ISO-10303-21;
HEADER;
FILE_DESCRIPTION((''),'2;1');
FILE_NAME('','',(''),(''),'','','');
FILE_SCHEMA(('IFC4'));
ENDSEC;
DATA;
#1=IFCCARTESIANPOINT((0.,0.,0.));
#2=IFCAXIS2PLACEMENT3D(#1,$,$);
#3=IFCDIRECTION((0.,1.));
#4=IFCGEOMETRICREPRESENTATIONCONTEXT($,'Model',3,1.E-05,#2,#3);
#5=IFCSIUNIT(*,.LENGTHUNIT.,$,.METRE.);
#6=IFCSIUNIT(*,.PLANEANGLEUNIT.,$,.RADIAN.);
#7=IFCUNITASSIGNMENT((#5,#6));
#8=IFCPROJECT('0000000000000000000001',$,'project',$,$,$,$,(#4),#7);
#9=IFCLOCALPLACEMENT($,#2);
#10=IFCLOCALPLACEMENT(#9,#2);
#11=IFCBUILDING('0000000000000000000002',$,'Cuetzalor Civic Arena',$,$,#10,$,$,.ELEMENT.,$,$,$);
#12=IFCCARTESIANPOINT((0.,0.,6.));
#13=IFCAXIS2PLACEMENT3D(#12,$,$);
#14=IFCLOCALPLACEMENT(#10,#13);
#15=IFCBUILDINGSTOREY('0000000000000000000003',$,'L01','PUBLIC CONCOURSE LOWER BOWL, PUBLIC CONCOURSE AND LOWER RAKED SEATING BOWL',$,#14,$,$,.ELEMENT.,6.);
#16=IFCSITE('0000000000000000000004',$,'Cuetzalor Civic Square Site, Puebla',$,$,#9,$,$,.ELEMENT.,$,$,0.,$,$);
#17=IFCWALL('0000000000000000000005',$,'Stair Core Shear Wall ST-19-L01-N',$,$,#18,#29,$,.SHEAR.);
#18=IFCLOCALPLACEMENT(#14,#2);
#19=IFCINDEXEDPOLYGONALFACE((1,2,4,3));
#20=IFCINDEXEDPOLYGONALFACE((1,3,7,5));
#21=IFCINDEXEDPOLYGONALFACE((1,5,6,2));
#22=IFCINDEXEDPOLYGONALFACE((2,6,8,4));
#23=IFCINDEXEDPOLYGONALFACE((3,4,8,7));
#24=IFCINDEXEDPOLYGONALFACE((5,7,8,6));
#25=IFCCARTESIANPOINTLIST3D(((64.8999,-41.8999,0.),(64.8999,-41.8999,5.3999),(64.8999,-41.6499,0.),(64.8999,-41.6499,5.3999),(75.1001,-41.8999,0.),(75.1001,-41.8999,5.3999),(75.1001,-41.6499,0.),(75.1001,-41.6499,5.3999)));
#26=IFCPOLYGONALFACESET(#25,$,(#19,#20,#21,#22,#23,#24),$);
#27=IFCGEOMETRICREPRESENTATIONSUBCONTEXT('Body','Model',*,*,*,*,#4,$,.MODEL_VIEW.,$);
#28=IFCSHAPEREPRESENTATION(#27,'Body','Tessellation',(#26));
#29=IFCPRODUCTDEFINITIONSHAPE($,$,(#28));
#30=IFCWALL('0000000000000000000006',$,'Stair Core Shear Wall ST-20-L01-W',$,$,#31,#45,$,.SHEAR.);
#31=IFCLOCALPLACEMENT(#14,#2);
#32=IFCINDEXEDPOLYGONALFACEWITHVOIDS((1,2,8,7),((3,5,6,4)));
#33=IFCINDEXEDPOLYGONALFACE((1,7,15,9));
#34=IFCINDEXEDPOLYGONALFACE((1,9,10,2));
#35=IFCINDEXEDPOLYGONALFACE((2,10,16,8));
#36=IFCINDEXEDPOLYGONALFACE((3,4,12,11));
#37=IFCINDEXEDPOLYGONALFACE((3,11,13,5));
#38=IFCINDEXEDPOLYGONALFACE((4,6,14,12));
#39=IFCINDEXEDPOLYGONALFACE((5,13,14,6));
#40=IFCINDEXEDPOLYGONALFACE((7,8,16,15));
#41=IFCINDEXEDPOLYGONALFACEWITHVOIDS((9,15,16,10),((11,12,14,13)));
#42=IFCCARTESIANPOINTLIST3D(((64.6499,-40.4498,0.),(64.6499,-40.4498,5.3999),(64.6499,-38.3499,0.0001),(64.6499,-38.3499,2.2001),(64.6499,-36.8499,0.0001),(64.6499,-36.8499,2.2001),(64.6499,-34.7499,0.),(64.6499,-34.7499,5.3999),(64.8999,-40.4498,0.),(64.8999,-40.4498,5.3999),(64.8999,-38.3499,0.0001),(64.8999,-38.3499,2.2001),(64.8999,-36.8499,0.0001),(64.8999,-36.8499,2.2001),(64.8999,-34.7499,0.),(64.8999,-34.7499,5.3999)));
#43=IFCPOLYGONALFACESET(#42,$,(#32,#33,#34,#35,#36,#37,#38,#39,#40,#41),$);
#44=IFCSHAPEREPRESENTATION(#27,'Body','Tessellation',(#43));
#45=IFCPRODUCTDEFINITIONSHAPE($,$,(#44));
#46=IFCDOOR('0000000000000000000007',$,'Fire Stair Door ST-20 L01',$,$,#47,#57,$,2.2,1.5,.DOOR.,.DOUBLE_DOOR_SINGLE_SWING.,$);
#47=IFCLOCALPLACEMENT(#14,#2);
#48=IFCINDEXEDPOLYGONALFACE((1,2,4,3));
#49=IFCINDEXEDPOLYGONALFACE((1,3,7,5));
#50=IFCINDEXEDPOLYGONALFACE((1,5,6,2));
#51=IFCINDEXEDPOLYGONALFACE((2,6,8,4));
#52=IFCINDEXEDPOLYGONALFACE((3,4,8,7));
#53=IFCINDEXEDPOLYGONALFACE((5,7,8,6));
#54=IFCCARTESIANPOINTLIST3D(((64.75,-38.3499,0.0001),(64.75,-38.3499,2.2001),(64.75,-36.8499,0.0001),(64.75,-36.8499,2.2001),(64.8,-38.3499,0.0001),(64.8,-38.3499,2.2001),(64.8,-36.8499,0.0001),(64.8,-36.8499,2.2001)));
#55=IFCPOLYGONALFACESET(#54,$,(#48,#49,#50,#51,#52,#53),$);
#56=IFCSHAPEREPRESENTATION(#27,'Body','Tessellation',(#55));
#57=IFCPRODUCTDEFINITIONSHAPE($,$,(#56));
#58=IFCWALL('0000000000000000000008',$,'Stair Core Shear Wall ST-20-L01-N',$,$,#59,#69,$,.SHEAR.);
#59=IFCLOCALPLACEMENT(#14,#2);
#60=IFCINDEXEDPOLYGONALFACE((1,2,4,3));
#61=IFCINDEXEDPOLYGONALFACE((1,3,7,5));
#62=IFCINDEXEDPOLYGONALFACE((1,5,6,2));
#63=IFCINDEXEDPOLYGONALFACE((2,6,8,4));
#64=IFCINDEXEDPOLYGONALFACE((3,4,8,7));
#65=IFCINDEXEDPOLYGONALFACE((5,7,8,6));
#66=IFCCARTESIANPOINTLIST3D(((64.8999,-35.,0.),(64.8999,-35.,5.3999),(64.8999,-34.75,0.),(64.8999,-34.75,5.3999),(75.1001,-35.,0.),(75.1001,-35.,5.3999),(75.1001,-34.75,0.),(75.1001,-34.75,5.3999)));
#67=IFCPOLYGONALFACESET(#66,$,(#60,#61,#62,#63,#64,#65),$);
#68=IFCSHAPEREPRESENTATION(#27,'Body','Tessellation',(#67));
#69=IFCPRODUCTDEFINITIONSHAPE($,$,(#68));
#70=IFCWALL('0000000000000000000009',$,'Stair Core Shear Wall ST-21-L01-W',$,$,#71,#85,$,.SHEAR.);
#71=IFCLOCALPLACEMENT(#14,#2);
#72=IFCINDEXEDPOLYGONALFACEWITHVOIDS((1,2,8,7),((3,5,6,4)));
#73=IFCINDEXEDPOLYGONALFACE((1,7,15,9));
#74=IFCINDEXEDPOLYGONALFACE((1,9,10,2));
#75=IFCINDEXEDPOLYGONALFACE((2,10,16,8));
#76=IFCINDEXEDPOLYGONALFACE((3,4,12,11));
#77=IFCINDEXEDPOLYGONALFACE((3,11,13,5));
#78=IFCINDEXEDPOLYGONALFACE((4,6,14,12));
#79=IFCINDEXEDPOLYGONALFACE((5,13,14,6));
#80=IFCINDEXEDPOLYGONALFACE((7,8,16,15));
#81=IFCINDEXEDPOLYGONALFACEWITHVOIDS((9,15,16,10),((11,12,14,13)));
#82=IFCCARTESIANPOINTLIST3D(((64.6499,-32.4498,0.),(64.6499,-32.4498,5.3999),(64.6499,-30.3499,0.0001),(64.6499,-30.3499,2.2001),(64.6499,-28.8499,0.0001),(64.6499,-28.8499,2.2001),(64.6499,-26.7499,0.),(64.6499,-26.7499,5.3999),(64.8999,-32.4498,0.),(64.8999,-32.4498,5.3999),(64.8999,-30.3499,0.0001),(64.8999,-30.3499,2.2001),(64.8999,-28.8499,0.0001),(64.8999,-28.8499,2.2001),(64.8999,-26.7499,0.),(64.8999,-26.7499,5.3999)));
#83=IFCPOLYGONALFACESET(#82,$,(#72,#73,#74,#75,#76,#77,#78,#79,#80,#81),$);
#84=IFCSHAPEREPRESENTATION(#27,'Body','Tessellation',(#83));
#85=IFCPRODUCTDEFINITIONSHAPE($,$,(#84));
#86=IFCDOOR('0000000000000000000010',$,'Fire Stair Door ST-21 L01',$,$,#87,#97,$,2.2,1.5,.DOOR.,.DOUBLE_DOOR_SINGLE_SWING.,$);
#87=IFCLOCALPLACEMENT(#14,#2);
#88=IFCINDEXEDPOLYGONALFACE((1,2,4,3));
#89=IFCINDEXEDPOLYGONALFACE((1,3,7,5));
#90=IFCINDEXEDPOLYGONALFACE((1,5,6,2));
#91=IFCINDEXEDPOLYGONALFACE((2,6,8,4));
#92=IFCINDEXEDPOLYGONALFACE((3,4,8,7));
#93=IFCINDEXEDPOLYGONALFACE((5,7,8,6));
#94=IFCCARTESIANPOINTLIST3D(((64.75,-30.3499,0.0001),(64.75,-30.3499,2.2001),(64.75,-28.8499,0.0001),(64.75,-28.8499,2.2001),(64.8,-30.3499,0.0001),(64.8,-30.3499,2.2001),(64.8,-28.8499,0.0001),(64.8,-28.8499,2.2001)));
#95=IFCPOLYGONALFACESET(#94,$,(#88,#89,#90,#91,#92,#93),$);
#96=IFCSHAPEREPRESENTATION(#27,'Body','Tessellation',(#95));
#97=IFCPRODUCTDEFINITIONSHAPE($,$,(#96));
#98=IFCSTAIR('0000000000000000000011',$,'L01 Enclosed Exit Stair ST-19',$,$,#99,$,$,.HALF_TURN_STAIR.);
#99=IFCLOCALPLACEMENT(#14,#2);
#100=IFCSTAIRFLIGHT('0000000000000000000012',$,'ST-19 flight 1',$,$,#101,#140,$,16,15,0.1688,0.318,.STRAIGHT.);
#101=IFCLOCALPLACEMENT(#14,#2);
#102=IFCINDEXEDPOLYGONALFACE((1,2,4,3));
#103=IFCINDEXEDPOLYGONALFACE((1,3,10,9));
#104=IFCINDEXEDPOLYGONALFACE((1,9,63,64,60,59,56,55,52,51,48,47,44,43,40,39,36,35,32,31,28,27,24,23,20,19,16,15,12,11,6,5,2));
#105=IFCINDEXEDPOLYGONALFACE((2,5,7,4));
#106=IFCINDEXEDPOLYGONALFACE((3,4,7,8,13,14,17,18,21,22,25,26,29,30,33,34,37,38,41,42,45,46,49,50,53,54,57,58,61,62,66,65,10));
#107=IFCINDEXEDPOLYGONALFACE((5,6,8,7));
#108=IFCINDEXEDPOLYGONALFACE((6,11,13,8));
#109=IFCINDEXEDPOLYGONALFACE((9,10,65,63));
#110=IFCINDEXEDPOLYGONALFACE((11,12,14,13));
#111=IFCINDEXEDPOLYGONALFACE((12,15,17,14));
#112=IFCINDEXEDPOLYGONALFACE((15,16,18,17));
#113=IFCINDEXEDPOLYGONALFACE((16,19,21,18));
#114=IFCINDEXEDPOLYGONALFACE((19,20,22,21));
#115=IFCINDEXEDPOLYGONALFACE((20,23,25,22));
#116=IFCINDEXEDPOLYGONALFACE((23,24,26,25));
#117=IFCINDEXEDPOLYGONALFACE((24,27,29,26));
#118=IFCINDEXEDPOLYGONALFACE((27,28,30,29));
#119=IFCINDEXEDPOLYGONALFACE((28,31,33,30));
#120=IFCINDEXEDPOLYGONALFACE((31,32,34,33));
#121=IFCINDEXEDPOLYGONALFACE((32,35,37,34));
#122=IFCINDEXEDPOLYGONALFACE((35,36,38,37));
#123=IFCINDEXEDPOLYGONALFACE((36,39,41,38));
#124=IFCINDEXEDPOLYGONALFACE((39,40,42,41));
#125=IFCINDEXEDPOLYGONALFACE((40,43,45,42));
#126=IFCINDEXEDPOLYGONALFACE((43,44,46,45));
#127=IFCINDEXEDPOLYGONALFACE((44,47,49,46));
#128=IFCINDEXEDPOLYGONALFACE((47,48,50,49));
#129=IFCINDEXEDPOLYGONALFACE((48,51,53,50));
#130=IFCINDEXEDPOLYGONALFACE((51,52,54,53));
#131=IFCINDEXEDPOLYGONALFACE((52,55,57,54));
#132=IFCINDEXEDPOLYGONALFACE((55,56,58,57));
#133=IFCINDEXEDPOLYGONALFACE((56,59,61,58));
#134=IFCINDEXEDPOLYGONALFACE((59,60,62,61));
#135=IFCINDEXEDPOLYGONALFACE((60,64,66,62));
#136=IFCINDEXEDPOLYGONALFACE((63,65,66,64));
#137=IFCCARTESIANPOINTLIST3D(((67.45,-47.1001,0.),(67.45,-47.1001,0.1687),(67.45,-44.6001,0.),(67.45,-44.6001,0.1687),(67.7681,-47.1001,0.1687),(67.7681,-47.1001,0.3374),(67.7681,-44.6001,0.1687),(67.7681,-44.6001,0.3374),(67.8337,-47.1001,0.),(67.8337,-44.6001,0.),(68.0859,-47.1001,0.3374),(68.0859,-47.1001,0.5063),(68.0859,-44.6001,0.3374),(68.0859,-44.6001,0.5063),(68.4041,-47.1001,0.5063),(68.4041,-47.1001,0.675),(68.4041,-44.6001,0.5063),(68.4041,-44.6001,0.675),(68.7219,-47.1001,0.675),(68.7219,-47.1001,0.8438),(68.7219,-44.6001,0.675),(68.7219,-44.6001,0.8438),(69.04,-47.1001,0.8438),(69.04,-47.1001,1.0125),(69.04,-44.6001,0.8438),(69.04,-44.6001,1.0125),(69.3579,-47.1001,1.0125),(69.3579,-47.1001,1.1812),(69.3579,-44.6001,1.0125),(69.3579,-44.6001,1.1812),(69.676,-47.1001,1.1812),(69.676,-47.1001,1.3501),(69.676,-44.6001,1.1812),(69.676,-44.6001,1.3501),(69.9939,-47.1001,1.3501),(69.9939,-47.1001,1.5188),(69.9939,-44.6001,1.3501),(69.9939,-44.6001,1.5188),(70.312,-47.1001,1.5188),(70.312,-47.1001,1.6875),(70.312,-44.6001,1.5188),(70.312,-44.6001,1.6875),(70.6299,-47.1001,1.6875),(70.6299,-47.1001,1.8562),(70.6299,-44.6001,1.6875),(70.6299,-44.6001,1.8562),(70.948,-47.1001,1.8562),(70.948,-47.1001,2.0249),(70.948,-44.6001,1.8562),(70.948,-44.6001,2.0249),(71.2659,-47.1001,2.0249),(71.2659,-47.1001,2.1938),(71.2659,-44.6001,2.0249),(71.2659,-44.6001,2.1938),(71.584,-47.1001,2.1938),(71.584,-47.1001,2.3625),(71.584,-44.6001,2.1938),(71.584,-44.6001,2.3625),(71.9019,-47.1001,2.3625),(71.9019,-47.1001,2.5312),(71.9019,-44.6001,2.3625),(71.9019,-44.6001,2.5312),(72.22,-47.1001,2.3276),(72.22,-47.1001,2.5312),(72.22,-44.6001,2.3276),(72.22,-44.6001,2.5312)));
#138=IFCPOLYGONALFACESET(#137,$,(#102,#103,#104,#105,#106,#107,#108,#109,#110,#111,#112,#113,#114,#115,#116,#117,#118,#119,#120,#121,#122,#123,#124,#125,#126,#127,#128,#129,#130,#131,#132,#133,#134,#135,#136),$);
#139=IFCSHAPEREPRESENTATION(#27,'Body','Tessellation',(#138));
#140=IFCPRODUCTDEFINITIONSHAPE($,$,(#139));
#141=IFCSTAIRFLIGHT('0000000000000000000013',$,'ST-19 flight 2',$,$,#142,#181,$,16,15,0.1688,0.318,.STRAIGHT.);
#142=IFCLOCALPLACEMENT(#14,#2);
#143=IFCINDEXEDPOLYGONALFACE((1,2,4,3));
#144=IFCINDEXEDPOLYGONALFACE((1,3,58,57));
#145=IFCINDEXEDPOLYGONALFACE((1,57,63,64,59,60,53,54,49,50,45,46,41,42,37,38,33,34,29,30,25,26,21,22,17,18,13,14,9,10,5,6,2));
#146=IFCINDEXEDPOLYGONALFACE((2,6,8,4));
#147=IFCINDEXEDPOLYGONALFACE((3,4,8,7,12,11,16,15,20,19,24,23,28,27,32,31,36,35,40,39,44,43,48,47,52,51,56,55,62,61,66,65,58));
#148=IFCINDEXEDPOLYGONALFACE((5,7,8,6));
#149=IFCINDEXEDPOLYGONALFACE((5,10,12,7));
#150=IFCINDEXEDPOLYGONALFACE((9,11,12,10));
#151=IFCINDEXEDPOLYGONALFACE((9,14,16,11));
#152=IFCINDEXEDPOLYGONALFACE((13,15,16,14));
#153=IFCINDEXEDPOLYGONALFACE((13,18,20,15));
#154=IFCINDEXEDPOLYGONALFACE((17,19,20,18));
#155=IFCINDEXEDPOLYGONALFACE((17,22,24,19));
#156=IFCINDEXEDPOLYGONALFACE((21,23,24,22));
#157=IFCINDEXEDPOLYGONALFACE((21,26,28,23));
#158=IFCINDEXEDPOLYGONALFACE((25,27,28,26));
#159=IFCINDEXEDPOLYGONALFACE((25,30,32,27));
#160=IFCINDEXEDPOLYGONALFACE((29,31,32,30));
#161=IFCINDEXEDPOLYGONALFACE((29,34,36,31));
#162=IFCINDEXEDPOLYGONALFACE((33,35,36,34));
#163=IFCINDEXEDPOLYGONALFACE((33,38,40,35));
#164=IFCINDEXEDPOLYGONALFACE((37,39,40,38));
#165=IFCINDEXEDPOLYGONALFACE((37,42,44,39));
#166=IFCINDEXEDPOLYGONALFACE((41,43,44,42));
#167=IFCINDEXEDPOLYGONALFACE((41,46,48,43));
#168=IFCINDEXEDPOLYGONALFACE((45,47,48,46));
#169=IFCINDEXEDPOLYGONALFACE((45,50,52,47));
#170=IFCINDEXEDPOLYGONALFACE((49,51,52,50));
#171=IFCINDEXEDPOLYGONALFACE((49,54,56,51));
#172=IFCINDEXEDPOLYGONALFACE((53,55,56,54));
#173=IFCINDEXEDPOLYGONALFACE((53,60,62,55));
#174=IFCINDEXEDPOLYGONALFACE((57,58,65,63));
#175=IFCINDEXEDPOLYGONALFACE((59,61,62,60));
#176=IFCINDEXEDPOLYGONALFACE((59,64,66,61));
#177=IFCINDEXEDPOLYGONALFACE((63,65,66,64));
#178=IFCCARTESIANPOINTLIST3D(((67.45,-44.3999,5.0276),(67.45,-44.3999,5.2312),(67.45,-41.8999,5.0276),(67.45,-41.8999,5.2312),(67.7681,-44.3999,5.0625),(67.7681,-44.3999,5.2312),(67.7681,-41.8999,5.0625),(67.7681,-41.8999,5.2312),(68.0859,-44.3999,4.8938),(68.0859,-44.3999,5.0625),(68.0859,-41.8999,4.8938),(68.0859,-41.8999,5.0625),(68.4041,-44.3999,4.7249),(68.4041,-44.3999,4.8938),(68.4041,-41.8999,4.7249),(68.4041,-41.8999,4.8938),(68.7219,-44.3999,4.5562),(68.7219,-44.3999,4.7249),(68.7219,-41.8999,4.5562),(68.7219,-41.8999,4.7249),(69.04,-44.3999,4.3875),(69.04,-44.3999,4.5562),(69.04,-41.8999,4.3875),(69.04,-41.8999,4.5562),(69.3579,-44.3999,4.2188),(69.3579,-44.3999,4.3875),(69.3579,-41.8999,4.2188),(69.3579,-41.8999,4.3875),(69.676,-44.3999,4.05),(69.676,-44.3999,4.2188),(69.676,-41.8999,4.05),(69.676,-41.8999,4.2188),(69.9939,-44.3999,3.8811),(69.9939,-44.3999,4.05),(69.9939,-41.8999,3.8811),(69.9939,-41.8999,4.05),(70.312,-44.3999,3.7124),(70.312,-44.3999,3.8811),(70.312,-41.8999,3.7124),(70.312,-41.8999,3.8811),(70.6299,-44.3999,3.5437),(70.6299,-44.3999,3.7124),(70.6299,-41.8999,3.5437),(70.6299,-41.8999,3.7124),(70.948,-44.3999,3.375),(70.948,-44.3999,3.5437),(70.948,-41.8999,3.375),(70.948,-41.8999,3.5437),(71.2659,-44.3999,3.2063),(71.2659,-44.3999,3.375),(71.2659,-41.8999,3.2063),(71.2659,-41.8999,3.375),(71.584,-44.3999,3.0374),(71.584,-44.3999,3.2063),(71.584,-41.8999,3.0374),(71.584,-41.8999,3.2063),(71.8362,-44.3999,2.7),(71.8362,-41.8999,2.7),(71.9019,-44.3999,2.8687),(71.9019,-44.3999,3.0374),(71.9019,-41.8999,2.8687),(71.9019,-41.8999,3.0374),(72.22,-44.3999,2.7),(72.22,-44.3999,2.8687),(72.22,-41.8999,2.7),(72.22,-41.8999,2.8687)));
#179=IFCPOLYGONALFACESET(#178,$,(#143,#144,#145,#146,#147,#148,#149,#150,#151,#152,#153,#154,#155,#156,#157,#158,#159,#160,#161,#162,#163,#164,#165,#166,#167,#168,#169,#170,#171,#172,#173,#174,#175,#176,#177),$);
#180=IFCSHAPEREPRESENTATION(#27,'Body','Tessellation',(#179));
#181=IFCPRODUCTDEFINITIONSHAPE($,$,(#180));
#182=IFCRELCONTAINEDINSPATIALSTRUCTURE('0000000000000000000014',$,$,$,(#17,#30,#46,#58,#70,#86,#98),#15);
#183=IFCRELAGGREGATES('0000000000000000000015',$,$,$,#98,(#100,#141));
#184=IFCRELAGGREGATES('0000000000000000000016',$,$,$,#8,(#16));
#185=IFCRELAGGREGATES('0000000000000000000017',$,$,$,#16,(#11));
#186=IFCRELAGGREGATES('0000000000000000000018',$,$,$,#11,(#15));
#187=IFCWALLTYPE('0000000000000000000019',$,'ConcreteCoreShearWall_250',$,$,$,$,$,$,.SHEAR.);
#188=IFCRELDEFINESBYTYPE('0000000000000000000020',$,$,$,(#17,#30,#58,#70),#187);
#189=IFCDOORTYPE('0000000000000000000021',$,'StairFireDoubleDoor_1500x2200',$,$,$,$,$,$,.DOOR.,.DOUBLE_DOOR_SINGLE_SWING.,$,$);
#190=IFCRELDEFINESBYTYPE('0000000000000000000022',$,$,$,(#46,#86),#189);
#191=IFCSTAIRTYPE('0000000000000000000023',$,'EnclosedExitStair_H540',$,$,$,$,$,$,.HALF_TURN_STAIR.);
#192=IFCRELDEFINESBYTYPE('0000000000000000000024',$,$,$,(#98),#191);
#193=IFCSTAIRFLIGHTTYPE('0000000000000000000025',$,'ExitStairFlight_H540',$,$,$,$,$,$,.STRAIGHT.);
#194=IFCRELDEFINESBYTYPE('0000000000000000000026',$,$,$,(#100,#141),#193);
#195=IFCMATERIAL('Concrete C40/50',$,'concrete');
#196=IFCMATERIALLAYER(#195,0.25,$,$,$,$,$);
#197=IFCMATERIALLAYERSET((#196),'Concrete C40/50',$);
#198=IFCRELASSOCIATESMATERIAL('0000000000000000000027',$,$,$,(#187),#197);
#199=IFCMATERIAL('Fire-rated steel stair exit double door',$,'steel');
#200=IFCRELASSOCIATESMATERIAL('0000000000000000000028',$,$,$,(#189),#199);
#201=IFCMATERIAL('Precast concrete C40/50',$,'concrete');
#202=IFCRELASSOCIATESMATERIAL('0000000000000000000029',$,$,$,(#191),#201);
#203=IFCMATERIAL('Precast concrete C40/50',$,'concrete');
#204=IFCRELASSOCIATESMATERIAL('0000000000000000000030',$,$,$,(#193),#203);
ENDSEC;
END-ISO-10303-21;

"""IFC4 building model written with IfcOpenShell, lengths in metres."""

from ifc_helpers import new_model, si_unit, direction, frame, frame_2d, origin, place, context, subcontext, project, spatial, polyline, rectangle, outline, extrude, material, layer, layer_set, type_object, element, fill, aggregate, save


model = new_model("IFC4")

# Units and contexts
model_context = context("Model", 3, precision=1e-05, world=origin(), true_north=direction((0.0, 1.0)))
body_context = subcontext(model_context, "Body", "Model", "MODEL_VIEW")
ifc_project = project(units=[si_unit("LENGTHUNIT", "METRE"), si_unit("PLANEANGLEUNIT", "RADIAN")], contexts=[model_context])

# Site, building, storey
site_placement = place(None, origin())
site = spatial("IfcSite", under=ifc_project, at=site_placement, Name="Cuetzalor Civic Square Site, Puebla", CompositionType="ELEMENT", RefElevation=0.0)
building_placement = place(site_placement, origin())
building = spatial("IfcBuilding", under=site, at=building_placement, Name="Cuetzalor Civic Arena", CompositionType="ELEMENT")
storey_placement = place(building_placement, frame((0.0, 0.0, 6.0)))
storey = spatial("IfcBuildingStorey", under=building, at=storey_placement, Name="L01", Description="PUBLIC CONCOURSE LOWER BOWL, PUBLIC CONCOURSE AND LOWER RAKED SEATING BOWL", CompositionType="ELEMENT", Elevation=6.0)

# Wall
ifc_material_1 = material(Name="Concrete C40/50", Category="concrete")
ifc_layer = layer(ifc_material_1, 0.25)
ifc_layer_set = layer_set([ifc_layer], Name="Concrete C40/50")
wall_type = type_object("IfcWallType", Name="ConcreteCoreShearWall_250", PredefinedType="SHEAR", material=ifc_layer_set)
wall_1_placement = place(storey_placement, frame((64.8999, -41.7749, 0.0), z_axis=(0.0, 0.0, 1.0), x_axis=(1.0, 0.0, 0.0)))
element("IfcWall", 1, at=wall_1_placement, inside=storey, type_object=wall_type, Name="Stair Core Shear Wall ST-19-L01-N", PredefinedType="SHEAR", context=body_context, shape_type="SweptSolid", body=[
    extrude(rectangle(XDim=10.2002, YDim=0.25, at=frame_2d((5.1001, 0.0))), origin(), (0.0, 0.0, 1.0), 5.3999),
])

# Wall, opening, door
wall_2_placement = place(storey_placement, frame((64.7749, -40.45, 0.0), z_axis=(0.0, 0.0, 1.0), x_axis=(0.0, 1.0, 0.0)))
wall_2 = element("IfcWall", 2, at=wall_2_placement, inside=storey, type_object=wall_type, Name="Stair Core Shear Wall ST-20-L01-W", PredefinedType="SHEAR", context=body_context, shape_type="SweptSolid", body=[
    extrude(rectangle(XDim=5.7, YDim=0.25, at=frame_2d((2.8501, 0.0))), origin(), (0.0, 0.0, 1.0), 5.3999),
])
opening_1_placement = place(wall_2_placement, frame((2.1001, 0.0, 0.0)))
opening_1 = element("IfcOpeningElement", 3, at=opening_1_placement, cuts=wall_2, PredefinedType="OPENING", context=body_context, shape_type="SweptSolid", body=[
    extrude(rectangle(XDim=1.5, YDim=2.2, at=frame_2d((0.75, 1.1001))), frame((0.0, 0.135, 0.0), z_axis=(0.0, -1.0, 0.0), x_axis=(1.0, 0.0, 0.0)), (0.0, 0.0, 1.0), 0.27),
])
ifc_material_2 = material(Name="Fire-rated steel stair exit double door", Category="steel")
door_type = type_object("IfcDoorType", Name="StairFireDoubleDoor_1500x2200", OperationType="DOUBLE_DOOR_SINGLE_SWING", PredefinedType="DOOR", material=ifc_material_2)
door_1_placement = place(opening_1_placement, origin())
door_1 = element("IfcDoor", 4, at=door_1_placement, inside=storey, type_object=door_type, Name="Fire Stair Door ST-20 L01", OperationType="DOUBLE_DOOR_SINGLE_SWING", OverallHeight=2.2, OverallWidth=1.5, PredefinedType="DOOR", context=body_context, shape_type="SweptSolid", body=[
    extrude(rectangle(XDim=1.5, YDim=2.2, at=frame_2d((0.75, 1.1001))), frame((0.0, 0.0249, 0.0), z_axis=(0.0, -1.0, 0.0), x_axis=(1.0, 0.0, 0.0)), (0.0, 0.0, 1.0), 0.05),
])
fill(opening_1, door_1)

# Wall
wall_3_placement = place(storey_placement, frame((64.8999, -34.875, 0.0), z_axis=(0.0, 0.0, 1.0), x_axis=(1.0, 0.0, 0.0)))
element("IfcWall", 5, at=wall_3_placement, inside=storey, type_object=wall_type, Name="Stair Core Shear Wall ST-20-L01-N", PredefinedType="SHEAR", context=body_context, shape_type="SweptSolid", body=[
    extrude(rectangle(XDim=10.2002, YDim=0.25, at=frame_2d((5.1001, 0.0))), origin(), (0.0, 0.0, 1.0), 5.3999),
])

# Wall, opening, door
wall_4_placement = place(storey_placement, frame((64.7749, -32.45, 0.0), z_axis=(0.0, 0.0, 1.0), x_axis=(0.0, 1.0, 0.0)))
wall_4 = element("IfcWall", 6, at=wall_4_placement, inside=storey, type_object=wall_type, Name="Stair Core Shear Wall ST-21-L01-W", PredefinedType="SHEAR", context=body_context, shape_type="SweptSolid", body=[
    extrude(rectangle(XDim=5.7, YDim=0.25, at=frame_2d((2.8501, 0.0))), origin(), (0.0, 0.0, 1.0), 5.3999),
])
opening_2_placement = place(wall_4_placement, frame((2.1001, 0.0, 0.0)))
opening_2 = element("IfcOpeningElement", 7, at=opening_2_placement, cuts=wall_4, PredefinedType="OPENING", context=body_context, shape_type="SweptSolid", body=[
    extrude(rectangle(XDim=1.5, YDim=2.2, at=frame_2d((0.75, 1.1001))), frame((0.0, 0.135, 0.0), z_axis=(0.0, -1.0, 0.0), x_axis=(1.0, 0.0, 0.0)), (0.0, 0.0, 1.0), 0.27),
])
door_2_placement = place(opening_2_placement, origin())
door_2 = element("IfcDoor", 8, at=door_2_placement, inside=storey, type_object=door_type, Name="Fire Stair Door ST-21 L01", OperationType="DOUBLE_DOOR_SINGLE_SWING", OverallHeight=2.2, OverallWidth=1.5, PredefinedType="DOOR", context=body_context, shape_type="SweptSolid", body=[
    extrude(rectangle(XDim=1.5, YDim=2.2, at=frame_2d((0.75, 1.1001))), frame((0.0, 0.0249, 0.0), z_axis=(0.0, -1.0, 0.0), x_axis=(1.0, 0.0, 0.0)), (0.0, 0.0, 1.0), 0.05),
])
fill(opening_2, door_2)

# Stair, stair flights
ifc_material_3 = material(Name="Precast concrete C40/50", Category="concrete")
stair_type = type_object("IfcStairType", Name="EnclosedExitStair_H540", PredefinedType="HALF_TURN_STAIR", material=ifc_material_3)
stair_1_placement = place(storey_placement, origin())
stair_1 = element("IfcStair", 9, at=stair_1_placement, inside=storey, type_object=stair_type, Name="L01 Enclosed Exit Stair ST-19", PredefinedType="HALF_TURN_STAIR")
ifc_material_4 = material(Name="Precast concrete C40/50", Category="concrete")
stair_flight_type = type_object("IfcStairFlightType", Name="ExitStairFlight_H540", PredefinedType="STRAIGHT", material=ifc_material_4)
stair_flight_1_placement = place(storey_placement, frame((67.45, -45.8501, 0.0), z_axis=(0.0, 0.0, 1.0), x_axis=(1.0, 0.0, 0.0)))
stair_flight_1 = element("IfcStairFlight", 10, at=stair_flight_1_placement, type_object=stair_flight_type, Name="ST-19 flight 1", NumberOfRisers=16, NumberOfTreads=15, PredefinedType="STRAIGHT", RiserHeight=0.1688, TreadLength=0.318, context=body_context, shape_type="SweptSolid", body=[
    extrude(outline(polyline([(0.0, 0.0), (0.0, 0.1687), (0.3181, 0.1687), (0.3181, 0.3374), (0.636, 0.3374), (0.636, 0.5063), (0.9541, 0.5063), (0.9541, 0.675), (1.272, 0.675), (1.272, 0.8438), (1.5901, 0.8438), (1.5901, 1.0125), (1.908, 1.0125), (1.908, 1.1812), (2.2261, 1.1812), (2.2261, 1.3501), (2.5439, 1.3501), (2.5439, 1.5188), (2.8621, 1.5188), (2.8621, 1.6875), (3.1799, 1.6875), (3.1799, 1.8562), (3.498, 1.8562), (3.498, 2.0249), (3.8159, 2.0249), (3.8159, 2.1938), (4.134, 2.1938), (4.134, 2.3625), (4.4519, 2.3625), (4.4519, 2.5312), (4.77, 2.5312), (4.77, 2.7), (4.77, 2.3276), (0.3838, 0.0), (0.0, 0.0)])), frame((0.0, 1.25, 0.0), z_axis=(0.0, -1.0, 0.0), x_axis=(1.0, 0.0, 0.0)), (0.0, 0.0, 1.0), 2.5),
])
stair_flight_2_placement = place(storey_placement, frame((72.22, -43.1499, 2.7), z_axis=(0.0, 0.0, 1.0), x_axis=(-1.0, 0.0, 0.0)))
stair_flight_2 = element("IfcStairFlight", 11, at=stair_flight_2_placement, type_object=stair_flight_type, Name="ST-19 flight 2", NumberOfRisers=16, NumberOfTreads=15, PredefinedType="STRAIGHT", RiserHeight=0.1688, TreadLength=0.318, context=body_context, shape_type="SweptSolid", body=[
    extrude(outline(polyline([(0.0, 0.0), (0.0, 0.1687), (0.3181, 0.1687), (0.3181, 0.3374), (0.636, 0.3374), (0.636, 0.5063), (0.9541, 0.5063), (0.9541, 0.675), (1.272, 0.675), (1.272, 0.8438), (1.5901, 0.8438), (1.5901, 1.0125), (1.908, 1.0125), (1.908, 1.1812), (2.2261, 1.1812), (2.2261, 1.3501), (2.5439, 1.3501), (2.5439, 1.5188), (2.8621, 1.5188), (2.8621, 1.6875), (3.1799, 1.6875), (3.1799, 1.8562), (3.498, 1.8562), (3.498, 2.0249), (3.8159, 2.0249), (3.8159, 2.1938), (4.134, 2.1938), (4.134, 2.3625), (4.4519, 2.3625), (4.4519, 2.5312), (4.77, 2.5312), (4.77, 2.7), (4.77, 2.3276), (0.3838, 0.0), (0.0, 0.0)])), frame((0.0, 1.25, 0.0), z_axis=(0.0, -1.0, 0.0), x_axis=(1.0, 0.0, 0.0)), (0.0, 0.0, 1.0), 2.5),
])
aggregate(stair_1, [stair_flight_1, stair_flight_2])

save(model, "model.ifc")
